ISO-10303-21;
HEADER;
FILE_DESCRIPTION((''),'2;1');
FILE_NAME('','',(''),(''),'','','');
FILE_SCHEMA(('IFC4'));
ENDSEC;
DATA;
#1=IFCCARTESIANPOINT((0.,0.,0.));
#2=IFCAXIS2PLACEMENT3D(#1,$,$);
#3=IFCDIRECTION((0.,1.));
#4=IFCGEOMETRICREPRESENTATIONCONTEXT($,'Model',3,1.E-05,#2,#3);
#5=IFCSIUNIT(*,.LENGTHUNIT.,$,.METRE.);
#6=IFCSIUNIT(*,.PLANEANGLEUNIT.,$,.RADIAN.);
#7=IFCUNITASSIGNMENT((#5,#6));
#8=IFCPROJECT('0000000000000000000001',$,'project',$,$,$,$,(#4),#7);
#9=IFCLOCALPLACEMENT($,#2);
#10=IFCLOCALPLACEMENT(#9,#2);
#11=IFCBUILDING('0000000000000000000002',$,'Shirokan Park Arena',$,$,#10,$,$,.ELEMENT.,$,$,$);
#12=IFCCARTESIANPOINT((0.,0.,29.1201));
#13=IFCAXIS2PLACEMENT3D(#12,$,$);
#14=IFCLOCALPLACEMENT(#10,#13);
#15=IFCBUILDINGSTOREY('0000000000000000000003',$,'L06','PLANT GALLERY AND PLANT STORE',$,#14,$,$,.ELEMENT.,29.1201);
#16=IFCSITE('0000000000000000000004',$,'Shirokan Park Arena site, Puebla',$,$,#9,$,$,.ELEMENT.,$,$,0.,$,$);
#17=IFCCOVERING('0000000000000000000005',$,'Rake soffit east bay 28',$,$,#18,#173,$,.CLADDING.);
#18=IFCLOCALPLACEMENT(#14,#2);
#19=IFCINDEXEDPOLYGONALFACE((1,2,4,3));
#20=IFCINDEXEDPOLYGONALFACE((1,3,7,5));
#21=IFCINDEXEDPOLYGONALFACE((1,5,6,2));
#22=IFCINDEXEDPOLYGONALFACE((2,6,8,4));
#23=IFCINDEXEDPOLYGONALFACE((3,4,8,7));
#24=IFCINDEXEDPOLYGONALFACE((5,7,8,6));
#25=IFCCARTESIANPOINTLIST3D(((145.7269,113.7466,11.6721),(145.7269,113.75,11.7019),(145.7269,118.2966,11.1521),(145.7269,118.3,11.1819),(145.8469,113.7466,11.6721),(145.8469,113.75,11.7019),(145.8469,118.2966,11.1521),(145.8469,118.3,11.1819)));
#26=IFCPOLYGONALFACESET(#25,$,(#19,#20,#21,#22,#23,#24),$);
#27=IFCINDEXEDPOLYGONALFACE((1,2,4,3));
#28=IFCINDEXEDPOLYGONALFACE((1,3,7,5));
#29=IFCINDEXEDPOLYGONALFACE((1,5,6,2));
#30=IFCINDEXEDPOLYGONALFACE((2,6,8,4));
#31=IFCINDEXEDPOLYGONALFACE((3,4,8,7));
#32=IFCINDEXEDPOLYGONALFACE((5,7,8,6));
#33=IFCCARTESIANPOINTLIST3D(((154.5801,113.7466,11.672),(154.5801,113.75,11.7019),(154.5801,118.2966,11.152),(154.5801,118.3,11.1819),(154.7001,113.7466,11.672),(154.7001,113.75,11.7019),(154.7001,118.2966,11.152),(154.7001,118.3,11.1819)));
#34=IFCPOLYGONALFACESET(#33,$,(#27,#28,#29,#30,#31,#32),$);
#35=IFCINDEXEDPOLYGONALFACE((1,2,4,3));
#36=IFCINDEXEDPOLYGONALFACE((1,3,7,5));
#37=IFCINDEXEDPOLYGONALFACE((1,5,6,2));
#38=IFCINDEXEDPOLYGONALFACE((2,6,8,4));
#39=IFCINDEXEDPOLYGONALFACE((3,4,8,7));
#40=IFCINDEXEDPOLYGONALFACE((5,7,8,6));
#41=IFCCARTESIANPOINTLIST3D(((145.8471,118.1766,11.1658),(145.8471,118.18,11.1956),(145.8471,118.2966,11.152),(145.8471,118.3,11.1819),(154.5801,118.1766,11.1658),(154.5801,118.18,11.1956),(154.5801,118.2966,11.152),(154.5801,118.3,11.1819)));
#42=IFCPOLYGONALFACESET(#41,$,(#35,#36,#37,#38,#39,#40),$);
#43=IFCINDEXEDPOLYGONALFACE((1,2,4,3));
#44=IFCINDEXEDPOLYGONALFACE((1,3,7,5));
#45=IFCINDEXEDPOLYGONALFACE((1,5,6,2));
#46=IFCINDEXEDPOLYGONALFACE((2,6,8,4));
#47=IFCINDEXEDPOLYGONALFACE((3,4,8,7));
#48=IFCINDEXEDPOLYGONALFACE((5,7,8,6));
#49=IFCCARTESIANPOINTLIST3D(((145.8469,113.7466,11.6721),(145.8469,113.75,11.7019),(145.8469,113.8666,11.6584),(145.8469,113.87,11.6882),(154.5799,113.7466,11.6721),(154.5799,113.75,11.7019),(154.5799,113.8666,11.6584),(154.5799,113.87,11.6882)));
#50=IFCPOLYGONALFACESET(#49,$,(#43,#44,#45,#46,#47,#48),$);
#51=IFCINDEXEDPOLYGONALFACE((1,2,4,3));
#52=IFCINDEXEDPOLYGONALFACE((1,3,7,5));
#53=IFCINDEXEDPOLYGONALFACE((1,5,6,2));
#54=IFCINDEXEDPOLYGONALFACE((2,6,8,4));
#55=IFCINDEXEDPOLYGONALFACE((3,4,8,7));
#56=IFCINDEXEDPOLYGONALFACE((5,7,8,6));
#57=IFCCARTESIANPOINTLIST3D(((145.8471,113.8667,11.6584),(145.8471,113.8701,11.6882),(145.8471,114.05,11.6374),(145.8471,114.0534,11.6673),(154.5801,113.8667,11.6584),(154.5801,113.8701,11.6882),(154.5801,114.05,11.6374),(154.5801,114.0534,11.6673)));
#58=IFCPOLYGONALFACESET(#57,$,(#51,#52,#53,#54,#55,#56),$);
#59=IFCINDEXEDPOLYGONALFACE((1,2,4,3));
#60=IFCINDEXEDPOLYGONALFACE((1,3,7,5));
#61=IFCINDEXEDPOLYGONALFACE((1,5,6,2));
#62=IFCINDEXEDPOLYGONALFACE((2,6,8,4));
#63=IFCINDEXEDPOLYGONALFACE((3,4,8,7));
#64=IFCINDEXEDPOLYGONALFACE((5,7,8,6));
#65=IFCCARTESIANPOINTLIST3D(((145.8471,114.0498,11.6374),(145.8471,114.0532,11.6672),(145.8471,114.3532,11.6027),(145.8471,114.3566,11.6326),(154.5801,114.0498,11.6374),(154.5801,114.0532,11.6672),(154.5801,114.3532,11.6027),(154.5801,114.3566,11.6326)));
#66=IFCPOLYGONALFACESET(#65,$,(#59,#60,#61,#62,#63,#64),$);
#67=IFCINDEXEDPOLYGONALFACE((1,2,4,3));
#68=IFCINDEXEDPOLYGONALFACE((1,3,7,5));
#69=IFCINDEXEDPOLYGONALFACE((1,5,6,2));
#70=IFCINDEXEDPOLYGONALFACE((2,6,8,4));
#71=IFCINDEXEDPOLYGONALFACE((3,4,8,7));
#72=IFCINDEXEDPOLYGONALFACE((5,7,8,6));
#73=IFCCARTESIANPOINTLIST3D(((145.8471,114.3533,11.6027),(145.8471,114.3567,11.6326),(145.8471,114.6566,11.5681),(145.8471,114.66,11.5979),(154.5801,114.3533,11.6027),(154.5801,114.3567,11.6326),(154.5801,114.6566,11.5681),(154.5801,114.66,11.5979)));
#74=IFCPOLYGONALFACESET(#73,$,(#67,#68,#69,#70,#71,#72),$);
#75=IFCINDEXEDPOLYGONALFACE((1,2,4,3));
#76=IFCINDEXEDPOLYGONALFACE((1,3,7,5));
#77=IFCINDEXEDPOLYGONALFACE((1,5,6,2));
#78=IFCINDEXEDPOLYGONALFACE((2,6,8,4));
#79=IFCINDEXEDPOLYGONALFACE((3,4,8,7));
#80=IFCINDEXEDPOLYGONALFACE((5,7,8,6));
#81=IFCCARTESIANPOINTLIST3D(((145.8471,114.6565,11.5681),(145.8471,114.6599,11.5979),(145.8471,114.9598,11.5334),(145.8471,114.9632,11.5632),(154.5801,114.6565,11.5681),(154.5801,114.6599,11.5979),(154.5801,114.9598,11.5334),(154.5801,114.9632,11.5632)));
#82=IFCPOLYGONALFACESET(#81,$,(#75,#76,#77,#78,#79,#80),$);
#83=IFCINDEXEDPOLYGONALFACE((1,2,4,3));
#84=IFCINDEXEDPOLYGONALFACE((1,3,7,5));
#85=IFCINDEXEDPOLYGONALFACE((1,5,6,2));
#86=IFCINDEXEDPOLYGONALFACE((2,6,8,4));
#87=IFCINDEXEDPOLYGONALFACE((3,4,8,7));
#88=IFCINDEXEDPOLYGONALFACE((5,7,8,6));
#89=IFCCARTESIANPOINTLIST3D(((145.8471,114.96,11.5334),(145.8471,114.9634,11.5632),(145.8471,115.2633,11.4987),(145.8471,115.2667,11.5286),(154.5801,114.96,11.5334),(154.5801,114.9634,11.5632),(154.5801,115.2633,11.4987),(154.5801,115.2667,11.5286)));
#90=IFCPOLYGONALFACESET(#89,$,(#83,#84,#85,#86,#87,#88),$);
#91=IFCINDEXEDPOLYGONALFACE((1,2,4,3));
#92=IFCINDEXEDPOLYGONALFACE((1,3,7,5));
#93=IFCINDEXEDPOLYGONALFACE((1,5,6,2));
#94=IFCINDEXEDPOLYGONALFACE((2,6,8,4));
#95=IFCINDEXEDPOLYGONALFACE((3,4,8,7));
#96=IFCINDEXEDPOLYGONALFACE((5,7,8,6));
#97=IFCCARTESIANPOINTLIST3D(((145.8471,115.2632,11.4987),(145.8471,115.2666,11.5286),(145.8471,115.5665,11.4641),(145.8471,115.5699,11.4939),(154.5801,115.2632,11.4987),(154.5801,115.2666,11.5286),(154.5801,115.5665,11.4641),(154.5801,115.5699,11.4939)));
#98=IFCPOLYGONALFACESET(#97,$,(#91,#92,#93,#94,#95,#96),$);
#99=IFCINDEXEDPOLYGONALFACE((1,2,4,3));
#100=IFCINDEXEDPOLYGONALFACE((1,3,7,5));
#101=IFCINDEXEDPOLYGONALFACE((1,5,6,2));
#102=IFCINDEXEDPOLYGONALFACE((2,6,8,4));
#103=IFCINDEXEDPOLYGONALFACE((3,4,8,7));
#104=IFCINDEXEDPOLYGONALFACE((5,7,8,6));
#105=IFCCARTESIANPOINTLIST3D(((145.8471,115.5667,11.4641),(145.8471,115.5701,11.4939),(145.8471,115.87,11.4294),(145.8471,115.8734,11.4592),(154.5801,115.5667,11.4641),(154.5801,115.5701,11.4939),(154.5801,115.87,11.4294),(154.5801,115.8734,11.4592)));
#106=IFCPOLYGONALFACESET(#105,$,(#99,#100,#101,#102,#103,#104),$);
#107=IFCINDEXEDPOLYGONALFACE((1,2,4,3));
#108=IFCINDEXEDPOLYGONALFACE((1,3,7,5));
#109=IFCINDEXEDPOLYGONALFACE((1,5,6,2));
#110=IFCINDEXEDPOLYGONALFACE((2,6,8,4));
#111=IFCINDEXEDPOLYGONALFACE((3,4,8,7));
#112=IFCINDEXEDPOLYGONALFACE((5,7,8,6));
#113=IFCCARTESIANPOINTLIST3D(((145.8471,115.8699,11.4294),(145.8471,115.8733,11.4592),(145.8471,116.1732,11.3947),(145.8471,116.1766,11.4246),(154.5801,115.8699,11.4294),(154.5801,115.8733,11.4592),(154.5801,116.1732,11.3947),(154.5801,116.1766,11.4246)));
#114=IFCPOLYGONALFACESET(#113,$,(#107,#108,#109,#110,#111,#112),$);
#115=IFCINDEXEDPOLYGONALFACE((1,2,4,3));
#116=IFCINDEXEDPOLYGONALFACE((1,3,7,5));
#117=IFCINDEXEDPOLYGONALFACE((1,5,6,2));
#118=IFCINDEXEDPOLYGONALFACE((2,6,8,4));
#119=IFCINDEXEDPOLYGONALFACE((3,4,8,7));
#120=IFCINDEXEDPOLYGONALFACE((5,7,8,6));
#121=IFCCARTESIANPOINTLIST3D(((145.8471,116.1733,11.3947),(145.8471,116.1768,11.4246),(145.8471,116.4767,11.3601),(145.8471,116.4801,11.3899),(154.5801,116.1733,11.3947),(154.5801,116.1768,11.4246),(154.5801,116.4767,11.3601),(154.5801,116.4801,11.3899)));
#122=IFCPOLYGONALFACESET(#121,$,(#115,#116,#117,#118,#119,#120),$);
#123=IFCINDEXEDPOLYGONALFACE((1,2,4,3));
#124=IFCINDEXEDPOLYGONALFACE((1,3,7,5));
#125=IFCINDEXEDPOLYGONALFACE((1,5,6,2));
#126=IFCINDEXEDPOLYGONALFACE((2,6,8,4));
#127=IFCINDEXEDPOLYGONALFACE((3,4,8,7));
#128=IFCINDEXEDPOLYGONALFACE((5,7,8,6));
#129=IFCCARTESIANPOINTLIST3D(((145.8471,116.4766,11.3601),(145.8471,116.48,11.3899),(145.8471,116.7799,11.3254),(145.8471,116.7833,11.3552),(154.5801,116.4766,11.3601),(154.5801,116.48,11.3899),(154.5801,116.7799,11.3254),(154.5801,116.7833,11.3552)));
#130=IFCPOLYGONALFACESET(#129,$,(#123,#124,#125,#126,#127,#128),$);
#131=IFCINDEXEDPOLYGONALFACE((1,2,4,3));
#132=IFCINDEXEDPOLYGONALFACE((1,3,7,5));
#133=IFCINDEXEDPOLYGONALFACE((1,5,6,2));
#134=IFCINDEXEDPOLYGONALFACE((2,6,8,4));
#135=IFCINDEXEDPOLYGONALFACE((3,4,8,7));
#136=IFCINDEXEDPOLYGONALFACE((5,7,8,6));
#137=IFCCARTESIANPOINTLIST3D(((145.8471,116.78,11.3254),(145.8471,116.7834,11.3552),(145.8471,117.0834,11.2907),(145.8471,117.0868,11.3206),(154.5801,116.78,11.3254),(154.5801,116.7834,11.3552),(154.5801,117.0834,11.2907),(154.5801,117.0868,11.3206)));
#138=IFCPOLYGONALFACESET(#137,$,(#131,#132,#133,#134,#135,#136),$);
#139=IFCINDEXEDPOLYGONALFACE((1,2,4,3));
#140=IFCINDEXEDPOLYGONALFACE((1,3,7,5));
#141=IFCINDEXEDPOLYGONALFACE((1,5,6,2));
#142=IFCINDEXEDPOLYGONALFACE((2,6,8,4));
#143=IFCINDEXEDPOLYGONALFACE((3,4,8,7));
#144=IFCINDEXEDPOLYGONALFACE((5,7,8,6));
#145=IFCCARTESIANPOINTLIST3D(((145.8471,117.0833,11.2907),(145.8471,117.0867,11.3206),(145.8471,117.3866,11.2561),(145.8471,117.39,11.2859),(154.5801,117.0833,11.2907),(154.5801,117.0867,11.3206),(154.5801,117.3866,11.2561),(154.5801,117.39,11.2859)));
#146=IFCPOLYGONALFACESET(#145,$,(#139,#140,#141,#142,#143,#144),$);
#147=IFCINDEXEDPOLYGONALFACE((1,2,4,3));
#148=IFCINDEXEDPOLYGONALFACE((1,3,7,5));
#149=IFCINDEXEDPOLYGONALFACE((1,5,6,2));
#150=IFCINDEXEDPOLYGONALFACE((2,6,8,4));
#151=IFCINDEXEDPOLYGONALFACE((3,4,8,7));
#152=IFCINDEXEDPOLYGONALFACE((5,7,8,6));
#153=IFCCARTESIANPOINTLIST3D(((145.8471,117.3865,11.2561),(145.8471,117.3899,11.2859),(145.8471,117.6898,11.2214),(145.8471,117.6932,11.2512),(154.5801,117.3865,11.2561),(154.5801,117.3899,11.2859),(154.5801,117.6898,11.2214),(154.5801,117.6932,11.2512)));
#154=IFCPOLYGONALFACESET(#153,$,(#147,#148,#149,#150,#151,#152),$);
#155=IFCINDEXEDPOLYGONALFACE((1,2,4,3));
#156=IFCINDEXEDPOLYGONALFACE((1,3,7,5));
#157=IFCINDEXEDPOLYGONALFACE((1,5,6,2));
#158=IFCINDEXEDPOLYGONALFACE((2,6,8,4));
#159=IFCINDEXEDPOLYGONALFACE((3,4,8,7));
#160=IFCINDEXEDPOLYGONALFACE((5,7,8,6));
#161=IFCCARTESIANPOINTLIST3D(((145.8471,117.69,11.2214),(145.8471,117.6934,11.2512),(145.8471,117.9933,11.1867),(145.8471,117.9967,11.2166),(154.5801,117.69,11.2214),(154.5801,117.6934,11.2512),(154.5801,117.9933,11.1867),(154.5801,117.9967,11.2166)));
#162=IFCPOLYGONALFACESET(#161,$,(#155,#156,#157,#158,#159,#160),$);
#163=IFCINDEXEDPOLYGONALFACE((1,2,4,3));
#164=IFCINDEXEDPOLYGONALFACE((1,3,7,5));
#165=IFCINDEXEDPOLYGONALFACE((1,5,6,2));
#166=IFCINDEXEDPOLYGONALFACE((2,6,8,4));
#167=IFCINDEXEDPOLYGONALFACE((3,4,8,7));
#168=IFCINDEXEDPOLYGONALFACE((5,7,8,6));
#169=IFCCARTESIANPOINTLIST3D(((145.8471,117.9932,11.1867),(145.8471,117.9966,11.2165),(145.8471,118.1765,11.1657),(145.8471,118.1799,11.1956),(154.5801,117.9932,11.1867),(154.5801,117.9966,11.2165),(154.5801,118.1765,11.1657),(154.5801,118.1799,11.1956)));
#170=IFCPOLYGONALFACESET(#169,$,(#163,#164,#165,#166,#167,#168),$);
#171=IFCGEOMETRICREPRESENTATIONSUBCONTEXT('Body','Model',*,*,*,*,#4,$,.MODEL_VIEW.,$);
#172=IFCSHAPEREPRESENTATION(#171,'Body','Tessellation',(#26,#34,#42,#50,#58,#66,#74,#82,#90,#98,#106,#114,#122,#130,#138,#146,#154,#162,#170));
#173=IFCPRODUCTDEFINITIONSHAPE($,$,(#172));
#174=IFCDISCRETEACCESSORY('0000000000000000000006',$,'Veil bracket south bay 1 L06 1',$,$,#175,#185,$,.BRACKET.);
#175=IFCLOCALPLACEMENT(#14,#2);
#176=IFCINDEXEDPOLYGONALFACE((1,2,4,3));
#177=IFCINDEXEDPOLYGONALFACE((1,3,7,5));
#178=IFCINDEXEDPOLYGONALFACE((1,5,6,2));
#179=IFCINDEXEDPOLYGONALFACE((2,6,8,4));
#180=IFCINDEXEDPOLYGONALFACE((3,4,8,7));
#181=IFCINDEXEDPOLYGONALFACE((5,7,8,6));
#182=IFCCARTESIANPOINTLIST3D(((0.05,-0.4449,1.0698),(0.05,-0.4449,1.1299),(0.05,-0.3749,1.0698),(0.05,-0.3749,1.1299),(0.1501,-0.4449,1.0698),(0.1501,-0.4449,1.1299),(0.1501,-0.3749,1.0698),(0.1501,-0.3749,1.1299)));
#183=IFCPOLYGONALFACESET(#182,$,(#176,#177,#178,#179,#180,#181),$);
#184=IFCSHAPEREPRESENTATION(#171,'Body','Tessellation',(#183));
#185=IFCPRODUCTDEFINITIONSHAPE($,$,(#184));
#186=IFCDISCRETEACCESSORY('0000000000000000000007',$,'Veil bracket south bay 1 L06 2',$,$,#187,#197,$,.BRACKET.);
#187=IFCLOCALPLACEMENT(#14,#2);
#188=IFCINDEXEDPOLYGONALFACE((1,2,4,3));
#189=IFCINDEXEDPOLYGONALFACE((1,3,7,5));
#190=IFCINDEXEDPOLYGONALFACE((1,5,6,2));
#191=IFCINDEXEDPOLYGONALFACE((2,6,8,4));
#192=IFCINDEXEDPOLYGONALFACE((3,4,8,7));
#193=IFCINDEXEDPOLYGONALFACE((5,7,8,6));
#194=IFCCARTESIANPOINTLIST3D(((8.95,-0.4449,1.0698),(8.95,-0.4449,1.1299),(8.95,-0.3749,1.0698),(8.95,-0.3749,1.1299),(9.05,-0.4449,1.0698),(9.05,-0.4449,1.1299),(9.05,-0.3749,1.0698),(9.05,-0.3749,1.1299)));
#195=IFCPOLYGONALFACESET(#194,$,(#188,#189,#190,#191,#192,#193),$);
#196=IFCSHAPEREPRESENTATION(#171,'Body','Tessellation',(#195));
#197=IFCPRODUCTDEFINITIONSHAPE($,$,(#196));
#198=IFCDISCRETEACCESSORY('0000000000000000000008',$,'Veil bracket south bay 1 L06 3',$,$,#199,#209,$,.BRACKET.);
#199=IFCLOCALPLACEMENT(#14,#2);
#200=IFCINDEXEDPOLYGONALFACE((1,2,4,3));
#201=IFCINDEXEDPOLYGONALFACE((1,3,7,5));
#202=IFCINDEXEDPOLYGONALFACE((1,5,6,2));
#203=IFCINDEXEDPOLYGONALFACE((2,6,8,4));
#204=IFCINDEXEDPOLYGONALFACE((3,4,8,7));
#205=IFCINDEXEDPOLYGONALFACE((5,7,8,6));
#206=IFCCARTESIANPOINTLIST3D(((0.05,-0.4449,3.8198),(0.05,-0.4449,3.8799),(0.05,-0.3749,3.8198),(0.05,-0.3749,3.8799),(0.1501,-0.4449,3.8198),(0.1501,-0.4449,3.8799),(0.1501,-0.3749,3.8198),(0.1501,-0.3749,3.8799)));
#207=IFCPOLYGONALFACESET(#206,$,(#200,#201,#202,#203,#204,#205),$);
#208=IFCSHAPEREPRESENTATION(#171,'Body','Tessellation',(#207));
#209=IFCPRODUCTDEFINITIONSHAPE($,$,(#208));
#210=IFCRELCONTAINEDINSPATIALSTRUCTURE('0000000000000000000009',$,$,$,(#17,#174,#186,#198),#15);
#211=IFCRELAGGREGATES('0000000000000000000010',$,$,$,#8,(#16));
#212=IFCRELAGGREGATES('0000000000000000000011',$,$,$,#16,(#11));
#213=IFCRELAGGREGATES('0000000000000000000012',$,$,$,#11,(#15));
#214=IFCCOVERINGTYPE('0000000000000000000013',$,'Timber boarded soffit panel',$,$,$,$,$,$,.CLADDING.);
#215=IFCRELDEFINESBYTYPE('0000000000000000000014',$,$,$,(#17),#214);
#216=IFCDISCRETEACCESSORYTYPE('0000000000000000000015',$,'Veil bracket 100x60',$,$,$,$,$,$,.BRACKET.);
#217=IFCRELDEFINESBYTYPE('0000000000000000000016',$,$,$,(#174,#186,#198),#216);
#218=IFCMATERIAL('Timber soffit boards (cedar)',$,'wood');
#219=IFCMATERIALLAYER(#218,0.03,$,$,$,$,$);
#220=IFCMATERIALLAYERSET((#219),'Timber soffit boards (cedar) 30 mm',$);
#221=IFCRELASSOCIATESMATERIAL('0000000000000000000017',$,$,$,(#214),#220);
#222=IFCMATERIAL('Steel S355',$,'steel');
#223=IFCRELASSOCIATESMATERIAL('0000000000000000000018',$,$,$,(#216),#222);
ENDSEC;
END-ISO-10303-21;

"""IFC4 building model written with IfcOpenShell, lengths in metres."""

from ifc_helpers import new_model, si_unit, direction, frame, origin, origin_2d, place, context, subcontext, project, spatial, polyline, rectangle, outline, extrude, material, layer, layer_set, type_object, element, save


model = new_model("IFC4")

# Units and contexts
model_context = context("Model", 3, precision=1e-05, world=origin(), true_north=direction((0.0, 1.0)))
body_context = subcontext(model_context, "Body", "Model", "MODEL_VIEW")
ifc_project = project(units=[si_unit("LENGTHUNIT", "METRE"), si_unit("PLANEANGLEUNIT", "RADIAN")], contexts=[model_context])

# Site, building, storey
site_placement = place(None, origin())
site = spatial("IfcSite", under=ifc_project, at=site_placement, Name="Shirokan Park Arena site, Puebla", CompositionType="ELEMENT", RefElevation=0.0)
building_placement = place(site_placement, origin())
building = spatial("IfcBuilding", under=site, at=building_placement, Name="Shirokan Park Arena", CompositionType="ELEMENT")
storey_placement = place(building_placement, frame((0.0, 0.0, 29.1201)))
storey = spatial("IfcBuildingStorey", under=building, at=storey_placement, Name="L06", Description="PLANT GALLERY AND PLANT STORE", CompositionType="ELEMENT", Elevation=29.1201)

# Covering
ifc_material_1 = material(Name="Timber soffit boards (cedar)", Category="wood")
ifc_layer_1 = layer(ifc_material_1, 0.03)
ifc_layer_set_1 = layer_set([ifc_layer_1], Name="Timber soffit boards (cedar) 30 mm")
covering_type_1 = type_object("IfcCoveringType", Name="Timber boarded soffit panel", PredefinedType="CLADDING", material=ifc_layer_set_1)
covering_1_placement = place(storey_placement, origin())
element("IfcCovering", 1, at=covering_1_placement, inside=storey, type_object=covering_type_1, Name="Rake soffit east bay 28", PredefinedType="CLADDING", context=body_context, shape_type="SweptSolid", body=[
    extrude(outline(polyline([(0.0, 0.0), (0.12, 0.0), (0.12, -4.5796), (0.0, -4.5796), (0.0, 0.0)])), frame((145.8469, 113.75, 11.7019), z_axis=(0.0, 0.113547, 0.993533), x_axis=(-1.0, 0.0, 0.0)), (0.0, 0.0, -1.0), 0.03),
    extrude(outline(polyline([(0.0, 0.0), (0.12, 0.0), (0.12, -4.5796), (0.0, -4.5796), (0.0, 0.0)])), frame((154.5801, 118.3, 11.1819), z_axis=(0.0, 0.113547, 0.993533), x_axis=(1.0, 0.0, 0.0)), (0.0, 0.0, -1.0), 0.03),
    extrude(outline(polyline([(0.0, 0.0), (0.1208, 0.0), (0.1208, -8.733), (0.0, -8.733), (0.0, 0.0)])), frame((154.5801, 118.3, 11.1819), z_axis=(0.0, 0.113512, 0.993537), x_axis=(0.0, -0.993537, 0.113512)), (0.0, 0.0, -1.0), 0.03),
    extrude(outline(polyline([(0.0, 0.0), (0.1208, 0.0), (0.1208, -8.733), (0.0, -8.733), (0.0, 0.0)])), frame((145.8469, 113.75, 11.7019), z_axis=(0.0, 0.113512, 0.993537), x_axis=(0.0, 0.993537, -0.113512)), (0.0, 0.0, -1.0), 0.03),
    extrude(outline(polyline([(0.0, 0.0), (8.733, 0.0), (8.733, -0.1845), (0.0, -0.1845), (0.0, 0.0)])), frame((154.5801, 113.8701, 11.6882), z_axis=(0.0, 0.113589, 0.993528), x_axis=(-1.0, 0.0, 0.0)), (0.0, 0.0, -1.0), 0.03),
    extrude(outline(polyline([(0.0, 0.0), (8.733, 0.0), (8.733, -0.3053), (0.0, -0.3053), (0.0, 0.0)])), frame((154.5801, 114.0532, 11.6672), z_axis=(0.0, 0.113523, 0.993535), x_axis=(-1.0, 0.0, 0.0)), (0.0, 0.0, -1.0), 0.03),
    extrude(outline(polyline([(0.0, 0.0), (8.733, 0.0), (8.733, -0.3053), (0.0, -0.3053), (0.0, 0.0)])), frame((154.5801, 114.3567, 11.6326), z_axis=(0.0, 0.113559, 0.993531), x_axis=(-1.0, 0.0, 0.0)), (0.0, 0.0, -1.0), 0.03),
    extrude(outline(polyline([(0.0, 0.0), (8.733, 0.0), (8.733, -0.3053), (0.0, -0.3053), (0.0, 0.0)])), frame((154.5801, 114.6599, 11.5979), z_axis=(0.0, 0.113559, 0.993531), x_axis=(-1.0, 0.0, 0.0)), (0.0, 0.0, -1.0), 0.03),
    extrude(outline(polyline([(0.0, 0.0), (8.733, 0.0), (8.733, -0.3053), (0.0, -0.3053), (0.0, 0.0)])), frame((154.5801, 114.9634, 11.5632), z_axis=(0.0, 0.113523, 0.993535), x_axis=(-1.0, 0.0, 0.0)), (0.0, 0.0, -1.0), 0.03),
    extrude(outline(polyline([(0.0, 0.0), (8.733, 0.0), (8.733, -0.3053), (0.0, -0.3053), (0.0, 0.0)])), frame((154.5801, 115.2666, 11.5286), z_axis=(0.0, 0.113559, 0.993531), x_axis=(-1.0, 0.0, 0.0)), (0.0, 0.0, -1.0), 0.03),
    extrude(outline(polyline([(0.0, 0.0), (8.733, 0.0), (8.733, -0.3053), (0.0, -0.3053), (0.0, 0.0)])), frame((154.5801, 115.5701, 11.4939), z_axis=(0.0, 0.113559, 0.993531), x_axis=(-1.0, 0.0, 0.0)), (0.0, 0.0, -1.0), 0.03),
    extrude(outline(polyline([(0.0, 0.0), (8.733, 0.0), (8.733, -0.3053), (0.0, -0.3053), (0.0, 0.0)])), frame((154.5801, 115.8733, 11.4592), z_axis=(0.0, 0.113523, 0.993535), x_axis=(-1.0, 0.0, 0.0)), (0.0, 0.0, -1.0), 0.03),
    extrude(outline(polyline([(0.0, 0.0), (8.733, 0.0), (8.733, -0.3053), (0.0, -0.3053), (0.0, 0.0)])), frame((154.5801, 116.1768, 11.4246), z_axis=(0.0, 0.113559, 0.993531), x_axis=(-1.0, 0.0, 0.0)), (0.0, 0.0, -1.0), 0.03),
    extrude(outline(polyline([(0.0, 0.0), (8.733, 0.0), (8.733, -0.3053), (0.0, -0.3053), (0.0, 0.0)])), frame((154.5801, 116.48, 11.3899), z_axis=(0.0, 0.113559, 0.993531), x_axis=(-1.0, 0.0, 0.0)), (0.0, 0.0, -1.0), 0.03),
    extrude(outline(polyline([(0.0, 0.0), (8.733, 0.0), (8.733, -0.3053), (0.0, -0.3053), (0.0, 0.0)])), frame((154.5801, 116.7834, 11.3552), z_axis=(0.0, 0.113523, 0.993535), x_axis=(-1.0, 0.0, 0.0)), (0.0, 0.0, -1.0), 0.03),
    extrude(outline(polyline([(0.0, 0.0), (8.733, 0.0), (8.733, -0.3053), (0.0, -0.3053), (0.0, 0.0)])), frame((154.5801, 117.0867, 11.3206), z_axis=(0.0, 0.113559, 0.993531), x_axis=(-1.0, 0.0, 0.0)), (0.0, 0.0, -1.0), 0.03),
    extrude(outline(polyline([(0.0, 0.0), (8.733, 0.0), (8.733, -0.3053), (0.0, -0.3053), (0.0, 0.0)])), frame((154.5801, 117.3899, 11.2859), z_axis=(0.0, 0.113559, 0.993531), x_axis=(-1.0, 0.0, 0.0)), (0.0, 0.0, -1.0), 0.03),
    extrude(outline(polyline([(0.0, 0.0), (8.733, 0.0), (8.733, -0.3053), (0.0, -0.3053), (0.0, 0.0)])), frame((154.5801, 117.6934, 11.2512), z_axis=(0.0, 0.113523, 0.993535), x_axis=(-1.0, 0.0, 0.0)), (0.0, 0.0, -1.0), 0.03),
    extrude(outline(polyline([(0.0, 0.0), (0.1845, 0.0), (0.1845, -8.733), (0.0, -8.733), (0.0, 0.0)])), frame((154.5801, 118.1799, 11.1956), z_axis=(0.0, 0.113589, 0.993528), x_axis=(0.0, -0.993528, 0.113589)), (0.0, 0.0, -1.0), 0.03),
])

# Discrete accessories
ifc_material_2 = material(Name="Steel S355", Category="steel")
discrete_accessory_type = type_object("IfcDiscreteAccessoryType", Name="Veil bracket 100x60", PredefinedType="BRACKET", material=ifc_material_2)
for number, where, z_axis, x_axis, name in (
    (2, (0.1001, -0.4099, 1.0698), (0.0, 0.0, 1.0), (1.0, 0.0, 0.0), "Veil bracket south bay 1 L06 1"),
    (3, (9.0, -0.4099, 1.0698), (0.0, 0.0, 1.0), (1.0, 0.0, 0.0), "Veil bracket south bay 1 L06 2"),
    (4, (0.1001, -0.4099, 3.8198), (0.0, 0.0, 1.0), (1.0, 0.0, 0.0), "Veil bracket south bay 1 L06 3"),
):
    element("IfcDiscreteAccessory", number, at=place(storey_placement, frame(where, z_axis=z_axis, x_axis=x_axis)), inside=storey, type_object=discrete_accessory_type, Name=name, PredefinedType="BRACKET", context=body_context, shape_type="SweptSolid", body=[
        extrude(rectangle(XDim=0.1001, YDim=0.0701, at=origin_2d()), origin(), (0.0, 0.0, 1.0), 0.0601),
    ])

save(model, "model.ifc")
